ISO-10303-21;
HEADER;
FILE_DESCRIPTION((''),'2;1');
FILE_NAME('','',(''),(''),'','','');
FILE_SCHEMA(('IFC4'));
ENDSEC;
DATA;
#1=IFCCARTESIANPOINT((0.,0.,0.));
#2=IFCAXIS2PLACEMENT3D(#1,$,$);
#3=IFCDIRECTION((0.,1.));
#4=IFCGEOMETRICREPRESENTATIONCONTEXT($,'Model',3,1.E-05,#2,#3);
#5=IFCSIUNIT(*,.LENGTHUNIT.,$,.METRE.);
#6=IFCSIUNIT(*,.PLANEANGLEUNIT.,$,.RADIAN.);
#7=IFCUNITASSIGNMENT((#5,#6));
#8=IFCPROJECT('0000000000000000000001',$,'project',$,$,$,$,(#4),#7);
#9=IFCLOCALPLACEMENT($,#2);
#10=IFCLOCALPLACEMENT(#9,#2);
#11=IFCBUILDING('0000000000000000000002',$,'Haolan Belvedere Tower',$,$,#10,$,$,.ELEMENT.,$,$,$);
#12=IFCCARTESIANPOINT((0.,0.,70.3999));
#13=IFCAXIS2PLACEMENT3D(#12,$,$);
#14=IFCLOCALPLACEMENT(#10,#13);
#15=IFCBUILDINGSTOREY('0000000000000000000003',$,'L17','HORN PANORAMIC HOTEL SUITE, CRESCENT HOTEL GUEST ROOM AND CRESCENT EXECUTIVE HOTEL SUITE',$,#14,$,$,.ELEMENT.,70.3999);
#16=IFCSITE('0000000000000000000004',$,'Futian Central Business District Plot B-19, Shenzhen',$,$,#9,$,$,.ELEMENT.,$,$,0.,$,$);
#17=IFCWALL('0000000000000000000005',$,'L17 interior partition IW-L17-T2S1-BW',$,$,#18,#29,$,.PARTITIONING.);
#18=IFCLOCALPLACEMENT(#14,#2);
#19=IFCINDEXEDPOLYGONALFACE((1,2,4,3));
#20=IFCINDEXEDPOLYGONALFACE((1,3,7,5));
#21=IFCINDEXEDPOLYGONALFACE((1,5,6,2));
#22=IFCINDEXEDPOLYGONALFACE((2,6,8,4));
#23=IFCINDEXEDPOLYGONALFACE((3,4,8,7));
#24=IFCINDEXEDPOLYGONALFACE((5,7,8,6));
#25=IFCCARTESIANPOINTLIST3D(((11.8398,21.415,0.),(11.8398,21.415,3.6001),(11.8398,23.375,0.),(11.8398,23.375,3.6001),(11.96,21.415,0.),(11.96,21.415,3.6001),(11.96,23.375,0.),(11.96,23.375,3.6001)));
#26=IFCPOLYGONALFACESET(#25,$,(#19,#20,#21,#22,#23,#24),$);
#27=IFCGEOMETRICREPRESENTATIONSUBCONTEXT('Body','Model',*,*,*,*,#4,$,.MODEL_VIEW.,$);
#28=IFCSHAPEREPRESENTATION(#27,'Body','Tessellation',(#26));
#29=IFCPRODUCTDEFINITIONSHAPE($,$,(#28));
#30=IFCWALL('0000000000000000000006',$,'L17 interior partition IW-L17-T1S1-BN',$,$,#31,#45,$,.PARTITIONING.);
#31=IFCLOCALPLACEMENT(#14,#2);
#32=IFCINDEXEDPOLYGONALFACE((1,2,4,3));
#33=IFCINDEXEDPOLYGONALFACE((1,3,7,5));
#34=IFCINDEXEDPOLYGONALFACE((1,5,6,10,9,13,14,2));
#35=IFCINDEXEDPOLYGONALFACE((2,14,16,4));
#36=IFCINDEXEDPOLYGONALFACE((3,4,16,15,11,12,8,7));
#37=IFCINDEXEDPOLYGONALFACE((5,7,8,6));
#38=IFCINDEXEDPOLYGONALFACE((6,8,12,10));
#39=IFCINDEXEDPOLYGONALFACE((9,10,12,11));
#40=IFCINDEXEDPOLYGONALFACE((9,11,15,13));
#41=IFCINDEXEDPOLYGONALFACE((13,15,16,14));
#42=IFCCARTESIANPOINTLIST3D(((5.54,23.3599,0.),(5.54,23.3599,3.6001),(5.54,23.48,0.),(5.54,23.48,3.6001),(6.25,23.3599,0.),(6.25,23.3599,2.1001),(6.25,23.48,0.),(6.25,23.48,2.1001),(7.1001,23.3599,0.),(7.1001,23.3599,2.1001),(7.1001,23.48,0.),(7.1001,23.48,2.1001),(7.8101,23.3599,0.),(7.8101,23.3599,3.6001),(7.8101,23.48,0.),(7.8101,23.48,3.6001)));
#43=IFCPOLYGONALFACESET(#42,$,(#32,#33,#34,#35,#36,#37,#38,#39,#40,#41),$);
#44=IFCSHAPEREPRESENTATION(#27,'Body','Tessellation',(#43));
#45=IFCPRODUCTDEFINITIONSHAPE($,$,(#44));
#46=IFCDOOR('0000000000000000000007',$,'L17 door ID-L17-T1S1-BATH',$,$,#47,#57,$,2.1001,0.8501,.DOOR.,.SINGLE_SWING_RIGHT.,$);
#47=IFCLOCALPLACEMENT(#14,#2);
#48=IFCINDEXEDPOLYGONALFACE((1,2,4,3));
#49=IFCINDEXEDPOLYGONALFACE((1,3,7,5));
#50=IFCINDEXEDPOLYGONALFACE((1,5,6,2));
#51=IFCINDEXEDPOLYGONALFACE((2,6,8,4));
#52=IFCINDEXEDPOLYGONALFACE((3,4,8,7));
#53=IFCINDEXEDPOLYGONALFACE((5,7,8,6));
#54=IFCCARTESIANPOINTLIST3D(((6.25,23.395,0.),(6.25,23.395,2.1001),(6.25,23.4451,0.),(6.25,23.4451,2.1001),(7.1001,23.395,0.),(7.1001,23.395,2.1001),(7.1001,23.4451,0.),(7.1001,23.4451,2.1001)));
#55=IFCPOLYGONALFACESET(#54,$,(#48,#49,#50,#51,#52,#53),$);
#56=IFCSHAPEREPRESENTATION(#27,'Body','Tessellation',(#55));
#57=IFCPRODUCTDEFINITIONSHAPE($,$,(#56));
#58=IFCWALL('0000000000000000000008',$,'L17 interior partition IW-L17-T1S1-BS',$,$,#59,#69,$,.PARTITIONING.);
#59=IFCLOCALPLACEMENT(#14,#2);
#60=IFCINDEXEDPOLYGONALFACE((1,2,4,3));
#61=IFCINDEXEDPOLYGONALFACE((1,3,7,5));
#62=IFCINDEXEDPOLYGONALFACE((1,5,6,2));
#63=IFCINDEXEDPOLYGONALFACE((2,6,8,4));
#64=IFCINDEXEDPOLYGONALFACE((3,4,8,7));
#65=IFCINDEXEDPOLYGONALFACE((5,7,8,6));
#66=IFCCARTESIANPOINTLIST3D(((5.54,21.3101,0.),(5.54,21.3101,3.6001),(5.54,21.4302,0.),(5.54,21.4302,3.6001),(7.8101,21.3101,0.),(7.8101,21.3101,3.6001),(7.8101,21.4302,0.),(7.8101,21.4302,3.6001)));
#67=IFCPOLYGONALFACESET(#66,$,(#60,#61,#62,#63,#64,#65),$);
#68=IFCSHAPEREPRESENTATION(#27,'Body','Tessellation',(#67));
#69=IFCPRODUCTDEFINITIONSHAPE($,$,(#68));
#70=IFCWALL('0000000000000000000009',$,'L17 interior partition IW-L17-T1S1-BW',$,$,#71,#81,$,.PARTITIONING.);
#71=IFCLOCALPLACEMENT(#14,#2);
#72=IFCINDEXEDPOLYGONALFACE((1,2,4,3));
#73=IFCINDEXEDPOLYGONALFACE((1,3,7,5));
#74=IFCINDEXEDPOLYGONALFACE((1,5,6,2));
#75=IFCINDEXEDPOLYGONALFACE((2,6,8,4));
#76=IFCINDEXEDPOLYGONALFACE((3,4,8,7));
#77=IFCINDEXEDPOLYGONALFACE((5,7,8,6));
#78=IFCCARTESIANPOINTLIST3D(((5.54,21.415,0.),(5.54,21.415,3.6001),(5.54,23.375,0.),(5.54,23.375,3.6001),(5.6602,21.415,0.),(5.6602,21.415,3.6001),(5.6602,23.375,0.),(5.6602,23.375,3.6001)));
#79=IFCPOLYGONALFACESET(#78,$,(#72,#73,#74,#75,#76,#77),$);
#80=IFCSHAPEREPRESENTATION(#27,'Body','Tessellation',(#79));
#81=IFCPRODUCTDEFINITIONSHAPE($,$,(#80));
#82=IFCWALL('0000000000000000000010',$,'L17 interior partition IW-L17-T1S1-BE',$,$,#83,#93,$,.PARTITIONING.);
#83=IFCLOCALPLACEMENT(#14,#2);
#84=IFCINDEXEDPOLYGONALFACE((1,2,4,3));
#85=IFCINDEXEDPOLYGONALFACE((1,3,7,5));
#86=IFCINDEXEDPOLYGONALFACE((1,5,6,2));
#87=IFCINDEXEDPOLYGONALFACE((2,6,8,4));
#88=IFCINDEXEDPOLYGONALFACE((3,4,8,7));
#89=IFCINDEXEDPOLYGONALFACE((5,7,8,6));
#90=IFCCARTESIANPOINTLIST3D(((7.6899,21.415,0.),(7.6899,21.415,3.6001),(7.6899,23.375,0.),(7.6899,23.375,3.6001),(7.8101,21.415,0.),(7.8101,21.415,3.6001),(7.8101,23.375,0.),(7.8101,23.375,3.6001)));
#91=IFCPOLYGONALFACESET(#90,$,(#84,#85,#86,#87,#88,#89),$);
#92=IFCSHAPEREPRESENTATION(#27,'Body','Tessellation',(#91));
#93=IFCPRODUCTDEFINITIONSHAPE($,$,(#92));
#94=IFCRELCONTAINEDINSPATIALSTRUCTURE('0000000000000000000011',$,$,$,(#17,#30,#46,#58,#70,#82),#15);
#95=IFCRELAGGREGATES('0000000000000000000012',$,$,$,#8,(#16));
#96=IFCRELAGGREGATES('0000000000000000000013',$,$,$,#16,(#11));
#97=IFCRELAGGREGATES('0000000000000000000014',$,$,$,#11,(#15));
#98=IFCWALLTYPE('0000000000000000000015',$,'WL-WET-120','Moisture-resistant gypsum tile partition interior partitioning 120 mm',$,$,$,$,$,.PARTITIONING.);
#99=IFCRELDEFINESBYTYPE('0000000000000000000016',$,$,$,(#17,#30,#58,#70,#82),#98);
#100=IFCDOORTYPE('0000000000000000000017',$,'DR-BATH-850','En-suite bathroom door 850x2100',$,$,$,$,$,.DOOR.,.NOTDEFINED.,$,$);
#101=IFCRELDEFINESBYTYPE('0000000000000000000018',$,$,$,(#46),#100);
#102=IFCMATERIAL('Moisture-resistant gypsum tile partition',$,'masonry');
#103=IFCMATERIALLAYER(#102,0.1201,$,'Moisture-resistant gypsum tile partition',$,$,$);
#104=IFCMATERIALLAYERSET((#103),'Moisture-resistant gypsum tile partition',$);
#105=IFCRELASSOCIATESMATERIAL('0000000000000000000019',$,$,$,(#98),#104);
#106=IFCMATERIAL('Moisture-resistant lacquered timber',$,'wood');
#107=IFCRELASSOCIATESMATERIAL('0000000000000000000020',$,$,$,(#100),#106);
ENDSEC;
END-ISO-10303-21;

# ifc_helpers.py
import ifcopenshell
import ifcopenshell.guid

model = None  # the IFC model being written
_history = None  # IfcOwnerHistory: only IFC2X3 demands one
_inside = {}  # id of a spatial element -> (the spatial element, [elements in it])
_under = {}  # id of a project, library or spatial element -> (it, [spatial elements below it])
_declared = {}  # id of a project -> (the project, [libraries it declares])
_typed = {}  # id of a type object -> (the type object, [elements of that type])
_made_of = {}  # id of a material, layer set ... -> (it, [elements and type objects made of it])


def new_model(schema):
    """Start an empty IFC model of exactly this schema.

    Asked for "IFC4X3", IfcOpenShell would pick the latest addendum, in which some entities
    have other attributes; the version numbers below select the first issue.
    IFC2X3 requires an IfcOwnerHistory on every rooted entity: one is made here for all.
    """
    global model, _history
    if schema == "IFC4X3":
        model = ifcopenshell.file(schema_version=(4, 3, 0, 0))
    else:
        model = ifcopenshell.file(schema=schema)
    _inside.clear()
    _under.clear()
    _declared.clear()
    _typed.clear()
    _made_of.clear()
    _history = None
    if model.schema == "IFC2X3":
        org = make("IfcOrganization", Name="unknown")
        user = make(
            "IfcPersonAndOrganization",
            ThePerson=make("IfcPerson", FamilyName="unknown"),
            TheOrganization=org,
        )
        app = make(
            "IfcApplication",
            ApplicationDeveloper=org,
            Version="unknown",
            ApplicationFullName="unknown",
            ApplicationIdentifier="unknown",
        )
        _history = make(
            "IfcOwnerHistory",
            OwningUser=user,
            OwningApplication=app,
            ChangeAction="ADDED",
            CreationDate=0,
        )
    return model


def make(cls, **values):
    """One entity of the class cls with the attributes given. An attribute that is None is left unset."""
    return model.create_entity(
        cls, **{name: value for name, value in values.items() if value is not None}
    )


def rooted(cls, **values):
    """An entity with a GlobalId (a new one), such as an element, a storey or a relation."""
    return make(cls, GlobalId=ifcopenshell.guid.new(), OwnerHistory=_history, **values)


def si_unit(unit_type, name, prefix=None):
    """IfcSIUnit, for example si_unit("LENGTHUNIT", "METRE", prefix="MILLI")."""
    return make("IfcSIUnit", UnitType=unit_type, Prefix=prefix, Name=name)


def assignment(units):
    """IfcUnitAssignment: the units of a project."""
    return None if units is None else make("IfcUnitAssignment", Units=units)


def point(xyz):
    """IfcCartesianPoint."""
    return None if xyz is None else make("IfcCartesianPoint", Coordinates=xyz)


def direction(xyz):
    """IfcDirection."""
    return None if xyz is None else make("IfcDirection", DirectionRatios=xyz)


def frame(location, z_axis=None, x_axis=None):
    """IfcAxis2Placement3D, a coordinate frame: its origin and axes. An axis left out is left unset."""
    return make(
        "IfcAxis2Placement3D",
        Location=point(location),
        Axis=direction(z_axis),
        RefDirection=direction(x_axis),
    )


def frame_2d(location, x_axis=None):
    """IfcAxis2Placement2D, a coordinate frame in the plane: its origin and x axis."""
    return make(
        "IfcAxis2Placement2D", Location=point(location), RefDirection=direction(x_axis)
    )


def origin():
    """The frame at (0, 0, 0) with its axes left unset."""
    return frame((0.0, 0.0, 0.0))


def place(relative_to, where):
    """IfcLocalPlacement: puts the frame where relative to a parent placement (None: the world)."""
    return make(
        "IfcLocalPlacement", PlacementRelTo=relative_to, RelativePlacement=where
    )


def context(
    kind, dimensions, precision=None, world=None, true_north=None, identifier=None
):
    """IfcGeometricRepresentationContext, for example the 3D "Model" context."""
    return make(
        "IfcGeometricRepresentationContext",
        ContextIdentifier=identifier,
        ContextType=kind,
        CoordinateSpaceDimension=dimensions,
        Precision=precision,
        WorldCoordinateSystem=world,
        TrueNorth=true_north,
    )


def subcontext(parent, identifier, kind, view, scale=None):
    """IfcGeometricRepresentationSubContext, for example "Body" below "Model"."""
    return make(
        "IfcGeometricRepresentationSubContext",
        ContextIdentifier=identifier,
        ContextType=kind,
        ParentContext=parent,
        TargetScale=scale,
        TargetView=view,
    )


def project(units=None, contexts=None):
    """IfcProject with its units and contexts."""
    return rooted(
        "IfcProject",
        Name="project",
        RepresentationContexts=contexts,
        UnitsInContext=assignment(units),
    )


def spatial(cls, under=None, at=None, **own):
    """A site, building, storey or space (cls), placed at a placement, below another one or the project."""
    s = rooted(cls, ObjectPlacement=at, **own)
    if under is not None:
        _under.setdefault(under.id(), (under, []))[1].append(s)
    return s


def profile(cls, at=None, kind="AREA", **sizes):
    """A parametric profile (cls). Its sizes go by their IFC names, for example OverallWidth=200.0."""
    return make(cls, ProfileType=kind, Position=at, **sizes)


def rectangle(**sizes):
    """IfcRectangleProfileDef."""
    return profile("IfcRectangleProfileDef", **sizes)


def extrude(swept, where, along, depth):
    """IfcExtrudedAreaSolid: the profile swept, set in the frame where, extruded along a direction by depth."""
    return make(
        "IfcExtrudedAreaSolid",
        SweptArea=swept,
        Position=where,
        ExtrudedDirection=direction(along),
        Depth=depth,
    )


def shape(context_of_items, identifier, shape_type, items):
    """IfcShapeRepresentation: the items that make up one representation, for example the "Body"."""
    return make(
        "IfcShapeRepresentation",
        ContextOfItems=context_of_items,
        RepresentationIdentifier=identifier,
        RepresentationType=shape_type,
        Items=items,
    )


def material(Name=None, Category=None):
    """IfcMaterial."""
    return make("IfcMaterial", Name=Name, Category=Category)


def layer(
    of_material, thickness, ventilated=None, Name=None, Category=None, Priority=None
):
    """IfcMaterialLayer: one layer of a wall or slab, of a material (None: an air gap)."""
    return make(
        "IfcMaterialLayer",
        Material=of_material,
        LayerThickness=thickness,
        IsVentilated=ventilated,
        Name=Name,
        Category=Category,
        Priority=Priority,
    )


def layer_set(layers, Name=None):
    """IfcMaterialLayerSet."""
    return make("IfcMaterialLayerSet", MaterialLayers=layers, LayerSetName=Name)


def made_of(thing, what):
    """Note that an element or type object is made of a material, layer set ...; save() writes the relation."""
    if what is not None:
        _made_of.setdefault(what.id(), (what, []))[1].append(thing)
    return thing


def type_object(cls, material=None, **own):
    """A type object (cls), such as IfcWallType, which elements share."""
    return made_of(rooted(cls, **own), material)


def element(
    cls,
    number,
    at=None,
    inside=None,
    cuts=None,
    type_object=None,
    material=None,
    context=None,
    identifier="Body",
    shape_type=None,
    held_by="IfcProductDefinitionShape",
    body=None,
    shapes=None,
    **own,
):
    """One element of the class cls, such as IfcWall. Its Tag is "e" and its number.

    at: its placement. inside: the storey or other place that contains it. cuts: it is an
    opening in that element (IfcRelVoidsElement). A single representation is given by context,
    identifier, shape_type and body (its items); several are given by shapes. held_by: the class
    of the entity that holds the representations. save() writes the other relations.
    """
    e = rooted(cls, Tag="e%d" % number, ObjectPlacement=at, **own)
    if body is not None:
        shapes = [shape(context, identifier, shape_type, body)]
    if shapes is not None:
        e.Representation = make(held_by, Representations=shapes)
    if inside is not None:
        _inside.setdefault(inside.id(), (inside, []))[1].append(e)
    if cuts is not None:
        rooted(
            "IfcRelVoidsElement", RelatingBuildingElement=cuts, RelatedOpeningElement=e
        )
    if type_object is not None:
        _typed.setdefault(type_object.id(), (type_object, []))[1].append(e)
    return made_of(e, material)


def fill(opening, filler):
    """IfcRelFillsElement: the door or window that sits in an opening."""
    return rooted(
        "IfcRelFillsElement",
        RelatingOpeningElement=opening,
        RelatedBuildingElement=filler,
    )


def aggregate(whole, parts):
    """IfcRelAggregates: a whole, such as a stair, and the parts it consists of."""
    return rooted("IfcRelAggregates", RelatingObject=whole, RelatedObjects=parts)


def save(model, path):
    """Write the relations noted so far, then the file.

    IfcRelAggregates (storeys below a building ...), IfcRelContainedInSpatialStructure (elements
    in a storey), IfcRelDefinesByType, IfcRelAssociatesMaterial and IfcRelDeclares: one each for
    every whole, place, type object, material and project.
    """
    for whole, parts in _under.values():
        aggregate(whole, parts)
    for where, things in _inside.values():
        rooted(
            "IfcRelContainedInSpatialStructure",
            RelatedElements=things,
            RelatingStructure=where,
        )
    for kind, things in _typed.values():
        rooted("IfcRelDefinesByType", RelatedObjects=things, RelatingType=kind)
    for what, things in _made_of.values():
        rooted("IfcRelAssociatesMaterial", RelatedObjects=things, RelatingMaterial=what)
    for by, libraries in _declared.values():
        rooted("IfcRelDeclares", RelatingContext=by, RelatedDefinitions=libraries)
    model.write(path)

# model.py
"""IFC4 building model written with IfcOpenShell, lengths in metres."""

from ifc_helpers import new_model, si_unit, direction, frame, frame_2d, origin, place, context, subcontext, project, spatial, rectangle, extrude, material, layer, layer_set, type_object, element, fill, save


model = new_model("IFC4")

# Units and contexts
model_context = context("Model", 3, precision=1e-05, world=origin(), true_north=direction((0.0, 1.0)))
body_context = subcontext(model_context, "Body", "Model", "MODEL_VIEW")
ifc_project = project(units=[si_unit("LENGTHUNIT", "METRE"), si_unit("PLANEANGLEUNIT", "RADIAN")], contexts=[model_context])

# Site, building, storey
site_placement = place(None, origin())
site = spatial("IfcSite", under=ifc_project, at=site_placement, Name="Futian Central Business District Plot B-19, Shenzhen", CompositionType="ELEMENT", RefElevation=0.0)
building_placement = place(site_placement, origin())
building = spatial("IfcBuilding", under=site, at=building_placement, Name="Haolan Belvedere Tower", CompositionType="ELEMENT")
storey_placement = place(building_placement, frame((0.0, 0.0, 70.3999)))
storey = spatial("IfcBuildingStorey", under=building, at=storey_placement, Name="L17", Description="HORN PANORAMIC HOTEL SUITE, CRESCENT HOTEL GUEST ROOM AND CRESCENT EXECUTIVE HOTEL SUITE", CompositionType="ELEMENT", Elevation=70.3999)

# Wall
ifc_material_1 = material(Name="Moisture-resistant gypsum tile partition", Category="masonry")
ifc_layer_1 = layer(ifc_material_1, 0.1201, Name="Moisture-resistant gypsum tile partition")
ifc_layer_set_1 = layer_set([ifc_layer_1], Name="Moisture-resistant gypsum tile partition")
wall_type_1 = type_object("IfcWallType", Name="WL-WET-120", Description="Moisture-resistant gypsum tile partition interior partitioning 120 mm", PredefinedType="PARTITIONING", material=ifc_layer_set_1)
wall_1_placement = place(storey_placement, frame((11.8999, 21.415, 0.0), z_axis=(0.0, 0.0, 1.0), x_axis=(0.0, 1.0, 0.0)))
element("IfcWall", 1, at=wall_1_placement, inside=storey, type_object=wall_type_1, Name="L17 interior partition IW-L17-T2S1-BW", PredefinedType="PARTITIONING", context=body_context, shape_type="SweptSolid", body=[
    extrude(rectangle(XDim=1.96, YDim=0.1201, at=frame_2d((0.98, 0.0))), origin(), (0.0, 0.0, 1.0), 3.6001),
])

# Wall, opening, door
wall_2_placement = place(storey_placement, frame((5.54, 23.4199, 0.0), z_axis=(0.0, 0.0, 1.0), x_axis=(1.0, 0.0, 0.0)))
wall_2 = element("IfcWall", 2, at=wall_2_placement, inside=storey, type_object=wall_type_1, Name="L17 interior partition IW-L17-T1S1-BN", PredefinedType="PARTITIONING", context=body_context, shape_type="SweptSolid", body=[
    extrude(rectangle(XDim=2.27, YDim=0.1201, at=frame_2d((1.135, 0.0))), origin(), (0.0, 0.0, 1.0), 3.6001),
])
opening_1_placement = place(wall_2_placement, frame((1.5601, 0.0, 0.0), z_axis=(0.0, 0.0, 1.0), x_axis=(-1.0, 0.0, 0.0)))
opening_1 = element("IfcOpeningElement", 3, at=opening_1_placement, cuts=wall_2, PredefinedType="OPENING", context=body_context, shape_type="SweptSolid", body=[
    extrude(rectangle(XDim=0.8501, YDim=2.1001, at=frame_2d((0.425, 1.05))), frame((0.0, 0.0701, 0.0), z_axis=(0.0, -1.0, 0.0), x_axis=(1.0, 0.0, 0.0)), (0.0, 0.0, 1.0), 0.1401),
])
ifc_material_2 = material(Name="Moisture-resistant lacquered timber", Category="wood")
door_type_1 = type_object("IfcDoorType", Name="DR-BATH-850", Description="En-suite bathroom door 850x2100", OperationType="NOTDEFINED", PredefinedType="DOOR", material=ifc_material_2)
door_1_placement = place(opening_1_placement, origin())
door_1 = element("IfcDoor", 4, at=door_1_placement, inside=storey, type_object=door_type_1, Name="L17 door ID-L17-T1S1-BATH", OperationType="SINGLE_SWING_RIGHT", OverallHeight=2.1001, OverallWidth=0.8501, PredefinedType="DOOR", context=body_context, shape_type="SweptSolid", body=[
    extrude(rectangle(XDim=0.8501, YDim=2.1001, at=frame_2d((0.425, 1.05))), frame((0.0, 0.0249, 0.0), z_axis=(0.0, -1.0, 0.0), x_axis=(1.0, 0.0, 0.0)), (0.0, 0.0, 1.0), 0.05),
])
fill(opening_1, door_1)

# Walls
wall_3_placement = place(storey_placement, frame((5.54, 21.3701, 0.0), z_axis=(0.0, 0.0, 1.0), x_axis=(1.0, 0.0, 0.0)))
element("IfcWall", 5, at=wall_3_placement, inside=storey, type_object=wall_type_1, Name="L17 interior partition IW-L17-T1S1-BS", PredefinedType="PARTITIONING", context=body_context, shape_type="SweptSolid", body=[
    extrude(rectangle(XDim=2.27, YDim=0.1201, at=frame_2d((1.135, 0.0))), origin(), (0.0, 0.0, 1.0), 3.6001),
])
for number, where, z_axis, x_axis, name in (
    (6, (5.6001, 21.415, 0.0), (0.0, 0.0, 1.0), (0.0, 1.0, 0.0), "L17 interior partition IW-L17-T1S1-BW"),
    (7, (7.75, 21.415, 0.0), (0.0, 0.0, 1.0), (0.0, 1.0, 0.0), "L17 interior partition IW-L17-T1S1-BE"),
):
    element("IfcWall", number, at=place(storey_placement, frame(where, z_axis=z_axis, x_axis=x_axis)), inside=storey, type_object=wall_type_1, Name=name, PredefinedType="PARTITIONING", context=body_context, shape_type="SweptSolid", body=[
        extrude(rectangle(XDim=1.96, YDim=0.1201, at=frame_2d((0.98, 0.0))), origin(), (0.0, 0.0, 1.0), 3.6001),
    ])

save(model, "model.ifc")
